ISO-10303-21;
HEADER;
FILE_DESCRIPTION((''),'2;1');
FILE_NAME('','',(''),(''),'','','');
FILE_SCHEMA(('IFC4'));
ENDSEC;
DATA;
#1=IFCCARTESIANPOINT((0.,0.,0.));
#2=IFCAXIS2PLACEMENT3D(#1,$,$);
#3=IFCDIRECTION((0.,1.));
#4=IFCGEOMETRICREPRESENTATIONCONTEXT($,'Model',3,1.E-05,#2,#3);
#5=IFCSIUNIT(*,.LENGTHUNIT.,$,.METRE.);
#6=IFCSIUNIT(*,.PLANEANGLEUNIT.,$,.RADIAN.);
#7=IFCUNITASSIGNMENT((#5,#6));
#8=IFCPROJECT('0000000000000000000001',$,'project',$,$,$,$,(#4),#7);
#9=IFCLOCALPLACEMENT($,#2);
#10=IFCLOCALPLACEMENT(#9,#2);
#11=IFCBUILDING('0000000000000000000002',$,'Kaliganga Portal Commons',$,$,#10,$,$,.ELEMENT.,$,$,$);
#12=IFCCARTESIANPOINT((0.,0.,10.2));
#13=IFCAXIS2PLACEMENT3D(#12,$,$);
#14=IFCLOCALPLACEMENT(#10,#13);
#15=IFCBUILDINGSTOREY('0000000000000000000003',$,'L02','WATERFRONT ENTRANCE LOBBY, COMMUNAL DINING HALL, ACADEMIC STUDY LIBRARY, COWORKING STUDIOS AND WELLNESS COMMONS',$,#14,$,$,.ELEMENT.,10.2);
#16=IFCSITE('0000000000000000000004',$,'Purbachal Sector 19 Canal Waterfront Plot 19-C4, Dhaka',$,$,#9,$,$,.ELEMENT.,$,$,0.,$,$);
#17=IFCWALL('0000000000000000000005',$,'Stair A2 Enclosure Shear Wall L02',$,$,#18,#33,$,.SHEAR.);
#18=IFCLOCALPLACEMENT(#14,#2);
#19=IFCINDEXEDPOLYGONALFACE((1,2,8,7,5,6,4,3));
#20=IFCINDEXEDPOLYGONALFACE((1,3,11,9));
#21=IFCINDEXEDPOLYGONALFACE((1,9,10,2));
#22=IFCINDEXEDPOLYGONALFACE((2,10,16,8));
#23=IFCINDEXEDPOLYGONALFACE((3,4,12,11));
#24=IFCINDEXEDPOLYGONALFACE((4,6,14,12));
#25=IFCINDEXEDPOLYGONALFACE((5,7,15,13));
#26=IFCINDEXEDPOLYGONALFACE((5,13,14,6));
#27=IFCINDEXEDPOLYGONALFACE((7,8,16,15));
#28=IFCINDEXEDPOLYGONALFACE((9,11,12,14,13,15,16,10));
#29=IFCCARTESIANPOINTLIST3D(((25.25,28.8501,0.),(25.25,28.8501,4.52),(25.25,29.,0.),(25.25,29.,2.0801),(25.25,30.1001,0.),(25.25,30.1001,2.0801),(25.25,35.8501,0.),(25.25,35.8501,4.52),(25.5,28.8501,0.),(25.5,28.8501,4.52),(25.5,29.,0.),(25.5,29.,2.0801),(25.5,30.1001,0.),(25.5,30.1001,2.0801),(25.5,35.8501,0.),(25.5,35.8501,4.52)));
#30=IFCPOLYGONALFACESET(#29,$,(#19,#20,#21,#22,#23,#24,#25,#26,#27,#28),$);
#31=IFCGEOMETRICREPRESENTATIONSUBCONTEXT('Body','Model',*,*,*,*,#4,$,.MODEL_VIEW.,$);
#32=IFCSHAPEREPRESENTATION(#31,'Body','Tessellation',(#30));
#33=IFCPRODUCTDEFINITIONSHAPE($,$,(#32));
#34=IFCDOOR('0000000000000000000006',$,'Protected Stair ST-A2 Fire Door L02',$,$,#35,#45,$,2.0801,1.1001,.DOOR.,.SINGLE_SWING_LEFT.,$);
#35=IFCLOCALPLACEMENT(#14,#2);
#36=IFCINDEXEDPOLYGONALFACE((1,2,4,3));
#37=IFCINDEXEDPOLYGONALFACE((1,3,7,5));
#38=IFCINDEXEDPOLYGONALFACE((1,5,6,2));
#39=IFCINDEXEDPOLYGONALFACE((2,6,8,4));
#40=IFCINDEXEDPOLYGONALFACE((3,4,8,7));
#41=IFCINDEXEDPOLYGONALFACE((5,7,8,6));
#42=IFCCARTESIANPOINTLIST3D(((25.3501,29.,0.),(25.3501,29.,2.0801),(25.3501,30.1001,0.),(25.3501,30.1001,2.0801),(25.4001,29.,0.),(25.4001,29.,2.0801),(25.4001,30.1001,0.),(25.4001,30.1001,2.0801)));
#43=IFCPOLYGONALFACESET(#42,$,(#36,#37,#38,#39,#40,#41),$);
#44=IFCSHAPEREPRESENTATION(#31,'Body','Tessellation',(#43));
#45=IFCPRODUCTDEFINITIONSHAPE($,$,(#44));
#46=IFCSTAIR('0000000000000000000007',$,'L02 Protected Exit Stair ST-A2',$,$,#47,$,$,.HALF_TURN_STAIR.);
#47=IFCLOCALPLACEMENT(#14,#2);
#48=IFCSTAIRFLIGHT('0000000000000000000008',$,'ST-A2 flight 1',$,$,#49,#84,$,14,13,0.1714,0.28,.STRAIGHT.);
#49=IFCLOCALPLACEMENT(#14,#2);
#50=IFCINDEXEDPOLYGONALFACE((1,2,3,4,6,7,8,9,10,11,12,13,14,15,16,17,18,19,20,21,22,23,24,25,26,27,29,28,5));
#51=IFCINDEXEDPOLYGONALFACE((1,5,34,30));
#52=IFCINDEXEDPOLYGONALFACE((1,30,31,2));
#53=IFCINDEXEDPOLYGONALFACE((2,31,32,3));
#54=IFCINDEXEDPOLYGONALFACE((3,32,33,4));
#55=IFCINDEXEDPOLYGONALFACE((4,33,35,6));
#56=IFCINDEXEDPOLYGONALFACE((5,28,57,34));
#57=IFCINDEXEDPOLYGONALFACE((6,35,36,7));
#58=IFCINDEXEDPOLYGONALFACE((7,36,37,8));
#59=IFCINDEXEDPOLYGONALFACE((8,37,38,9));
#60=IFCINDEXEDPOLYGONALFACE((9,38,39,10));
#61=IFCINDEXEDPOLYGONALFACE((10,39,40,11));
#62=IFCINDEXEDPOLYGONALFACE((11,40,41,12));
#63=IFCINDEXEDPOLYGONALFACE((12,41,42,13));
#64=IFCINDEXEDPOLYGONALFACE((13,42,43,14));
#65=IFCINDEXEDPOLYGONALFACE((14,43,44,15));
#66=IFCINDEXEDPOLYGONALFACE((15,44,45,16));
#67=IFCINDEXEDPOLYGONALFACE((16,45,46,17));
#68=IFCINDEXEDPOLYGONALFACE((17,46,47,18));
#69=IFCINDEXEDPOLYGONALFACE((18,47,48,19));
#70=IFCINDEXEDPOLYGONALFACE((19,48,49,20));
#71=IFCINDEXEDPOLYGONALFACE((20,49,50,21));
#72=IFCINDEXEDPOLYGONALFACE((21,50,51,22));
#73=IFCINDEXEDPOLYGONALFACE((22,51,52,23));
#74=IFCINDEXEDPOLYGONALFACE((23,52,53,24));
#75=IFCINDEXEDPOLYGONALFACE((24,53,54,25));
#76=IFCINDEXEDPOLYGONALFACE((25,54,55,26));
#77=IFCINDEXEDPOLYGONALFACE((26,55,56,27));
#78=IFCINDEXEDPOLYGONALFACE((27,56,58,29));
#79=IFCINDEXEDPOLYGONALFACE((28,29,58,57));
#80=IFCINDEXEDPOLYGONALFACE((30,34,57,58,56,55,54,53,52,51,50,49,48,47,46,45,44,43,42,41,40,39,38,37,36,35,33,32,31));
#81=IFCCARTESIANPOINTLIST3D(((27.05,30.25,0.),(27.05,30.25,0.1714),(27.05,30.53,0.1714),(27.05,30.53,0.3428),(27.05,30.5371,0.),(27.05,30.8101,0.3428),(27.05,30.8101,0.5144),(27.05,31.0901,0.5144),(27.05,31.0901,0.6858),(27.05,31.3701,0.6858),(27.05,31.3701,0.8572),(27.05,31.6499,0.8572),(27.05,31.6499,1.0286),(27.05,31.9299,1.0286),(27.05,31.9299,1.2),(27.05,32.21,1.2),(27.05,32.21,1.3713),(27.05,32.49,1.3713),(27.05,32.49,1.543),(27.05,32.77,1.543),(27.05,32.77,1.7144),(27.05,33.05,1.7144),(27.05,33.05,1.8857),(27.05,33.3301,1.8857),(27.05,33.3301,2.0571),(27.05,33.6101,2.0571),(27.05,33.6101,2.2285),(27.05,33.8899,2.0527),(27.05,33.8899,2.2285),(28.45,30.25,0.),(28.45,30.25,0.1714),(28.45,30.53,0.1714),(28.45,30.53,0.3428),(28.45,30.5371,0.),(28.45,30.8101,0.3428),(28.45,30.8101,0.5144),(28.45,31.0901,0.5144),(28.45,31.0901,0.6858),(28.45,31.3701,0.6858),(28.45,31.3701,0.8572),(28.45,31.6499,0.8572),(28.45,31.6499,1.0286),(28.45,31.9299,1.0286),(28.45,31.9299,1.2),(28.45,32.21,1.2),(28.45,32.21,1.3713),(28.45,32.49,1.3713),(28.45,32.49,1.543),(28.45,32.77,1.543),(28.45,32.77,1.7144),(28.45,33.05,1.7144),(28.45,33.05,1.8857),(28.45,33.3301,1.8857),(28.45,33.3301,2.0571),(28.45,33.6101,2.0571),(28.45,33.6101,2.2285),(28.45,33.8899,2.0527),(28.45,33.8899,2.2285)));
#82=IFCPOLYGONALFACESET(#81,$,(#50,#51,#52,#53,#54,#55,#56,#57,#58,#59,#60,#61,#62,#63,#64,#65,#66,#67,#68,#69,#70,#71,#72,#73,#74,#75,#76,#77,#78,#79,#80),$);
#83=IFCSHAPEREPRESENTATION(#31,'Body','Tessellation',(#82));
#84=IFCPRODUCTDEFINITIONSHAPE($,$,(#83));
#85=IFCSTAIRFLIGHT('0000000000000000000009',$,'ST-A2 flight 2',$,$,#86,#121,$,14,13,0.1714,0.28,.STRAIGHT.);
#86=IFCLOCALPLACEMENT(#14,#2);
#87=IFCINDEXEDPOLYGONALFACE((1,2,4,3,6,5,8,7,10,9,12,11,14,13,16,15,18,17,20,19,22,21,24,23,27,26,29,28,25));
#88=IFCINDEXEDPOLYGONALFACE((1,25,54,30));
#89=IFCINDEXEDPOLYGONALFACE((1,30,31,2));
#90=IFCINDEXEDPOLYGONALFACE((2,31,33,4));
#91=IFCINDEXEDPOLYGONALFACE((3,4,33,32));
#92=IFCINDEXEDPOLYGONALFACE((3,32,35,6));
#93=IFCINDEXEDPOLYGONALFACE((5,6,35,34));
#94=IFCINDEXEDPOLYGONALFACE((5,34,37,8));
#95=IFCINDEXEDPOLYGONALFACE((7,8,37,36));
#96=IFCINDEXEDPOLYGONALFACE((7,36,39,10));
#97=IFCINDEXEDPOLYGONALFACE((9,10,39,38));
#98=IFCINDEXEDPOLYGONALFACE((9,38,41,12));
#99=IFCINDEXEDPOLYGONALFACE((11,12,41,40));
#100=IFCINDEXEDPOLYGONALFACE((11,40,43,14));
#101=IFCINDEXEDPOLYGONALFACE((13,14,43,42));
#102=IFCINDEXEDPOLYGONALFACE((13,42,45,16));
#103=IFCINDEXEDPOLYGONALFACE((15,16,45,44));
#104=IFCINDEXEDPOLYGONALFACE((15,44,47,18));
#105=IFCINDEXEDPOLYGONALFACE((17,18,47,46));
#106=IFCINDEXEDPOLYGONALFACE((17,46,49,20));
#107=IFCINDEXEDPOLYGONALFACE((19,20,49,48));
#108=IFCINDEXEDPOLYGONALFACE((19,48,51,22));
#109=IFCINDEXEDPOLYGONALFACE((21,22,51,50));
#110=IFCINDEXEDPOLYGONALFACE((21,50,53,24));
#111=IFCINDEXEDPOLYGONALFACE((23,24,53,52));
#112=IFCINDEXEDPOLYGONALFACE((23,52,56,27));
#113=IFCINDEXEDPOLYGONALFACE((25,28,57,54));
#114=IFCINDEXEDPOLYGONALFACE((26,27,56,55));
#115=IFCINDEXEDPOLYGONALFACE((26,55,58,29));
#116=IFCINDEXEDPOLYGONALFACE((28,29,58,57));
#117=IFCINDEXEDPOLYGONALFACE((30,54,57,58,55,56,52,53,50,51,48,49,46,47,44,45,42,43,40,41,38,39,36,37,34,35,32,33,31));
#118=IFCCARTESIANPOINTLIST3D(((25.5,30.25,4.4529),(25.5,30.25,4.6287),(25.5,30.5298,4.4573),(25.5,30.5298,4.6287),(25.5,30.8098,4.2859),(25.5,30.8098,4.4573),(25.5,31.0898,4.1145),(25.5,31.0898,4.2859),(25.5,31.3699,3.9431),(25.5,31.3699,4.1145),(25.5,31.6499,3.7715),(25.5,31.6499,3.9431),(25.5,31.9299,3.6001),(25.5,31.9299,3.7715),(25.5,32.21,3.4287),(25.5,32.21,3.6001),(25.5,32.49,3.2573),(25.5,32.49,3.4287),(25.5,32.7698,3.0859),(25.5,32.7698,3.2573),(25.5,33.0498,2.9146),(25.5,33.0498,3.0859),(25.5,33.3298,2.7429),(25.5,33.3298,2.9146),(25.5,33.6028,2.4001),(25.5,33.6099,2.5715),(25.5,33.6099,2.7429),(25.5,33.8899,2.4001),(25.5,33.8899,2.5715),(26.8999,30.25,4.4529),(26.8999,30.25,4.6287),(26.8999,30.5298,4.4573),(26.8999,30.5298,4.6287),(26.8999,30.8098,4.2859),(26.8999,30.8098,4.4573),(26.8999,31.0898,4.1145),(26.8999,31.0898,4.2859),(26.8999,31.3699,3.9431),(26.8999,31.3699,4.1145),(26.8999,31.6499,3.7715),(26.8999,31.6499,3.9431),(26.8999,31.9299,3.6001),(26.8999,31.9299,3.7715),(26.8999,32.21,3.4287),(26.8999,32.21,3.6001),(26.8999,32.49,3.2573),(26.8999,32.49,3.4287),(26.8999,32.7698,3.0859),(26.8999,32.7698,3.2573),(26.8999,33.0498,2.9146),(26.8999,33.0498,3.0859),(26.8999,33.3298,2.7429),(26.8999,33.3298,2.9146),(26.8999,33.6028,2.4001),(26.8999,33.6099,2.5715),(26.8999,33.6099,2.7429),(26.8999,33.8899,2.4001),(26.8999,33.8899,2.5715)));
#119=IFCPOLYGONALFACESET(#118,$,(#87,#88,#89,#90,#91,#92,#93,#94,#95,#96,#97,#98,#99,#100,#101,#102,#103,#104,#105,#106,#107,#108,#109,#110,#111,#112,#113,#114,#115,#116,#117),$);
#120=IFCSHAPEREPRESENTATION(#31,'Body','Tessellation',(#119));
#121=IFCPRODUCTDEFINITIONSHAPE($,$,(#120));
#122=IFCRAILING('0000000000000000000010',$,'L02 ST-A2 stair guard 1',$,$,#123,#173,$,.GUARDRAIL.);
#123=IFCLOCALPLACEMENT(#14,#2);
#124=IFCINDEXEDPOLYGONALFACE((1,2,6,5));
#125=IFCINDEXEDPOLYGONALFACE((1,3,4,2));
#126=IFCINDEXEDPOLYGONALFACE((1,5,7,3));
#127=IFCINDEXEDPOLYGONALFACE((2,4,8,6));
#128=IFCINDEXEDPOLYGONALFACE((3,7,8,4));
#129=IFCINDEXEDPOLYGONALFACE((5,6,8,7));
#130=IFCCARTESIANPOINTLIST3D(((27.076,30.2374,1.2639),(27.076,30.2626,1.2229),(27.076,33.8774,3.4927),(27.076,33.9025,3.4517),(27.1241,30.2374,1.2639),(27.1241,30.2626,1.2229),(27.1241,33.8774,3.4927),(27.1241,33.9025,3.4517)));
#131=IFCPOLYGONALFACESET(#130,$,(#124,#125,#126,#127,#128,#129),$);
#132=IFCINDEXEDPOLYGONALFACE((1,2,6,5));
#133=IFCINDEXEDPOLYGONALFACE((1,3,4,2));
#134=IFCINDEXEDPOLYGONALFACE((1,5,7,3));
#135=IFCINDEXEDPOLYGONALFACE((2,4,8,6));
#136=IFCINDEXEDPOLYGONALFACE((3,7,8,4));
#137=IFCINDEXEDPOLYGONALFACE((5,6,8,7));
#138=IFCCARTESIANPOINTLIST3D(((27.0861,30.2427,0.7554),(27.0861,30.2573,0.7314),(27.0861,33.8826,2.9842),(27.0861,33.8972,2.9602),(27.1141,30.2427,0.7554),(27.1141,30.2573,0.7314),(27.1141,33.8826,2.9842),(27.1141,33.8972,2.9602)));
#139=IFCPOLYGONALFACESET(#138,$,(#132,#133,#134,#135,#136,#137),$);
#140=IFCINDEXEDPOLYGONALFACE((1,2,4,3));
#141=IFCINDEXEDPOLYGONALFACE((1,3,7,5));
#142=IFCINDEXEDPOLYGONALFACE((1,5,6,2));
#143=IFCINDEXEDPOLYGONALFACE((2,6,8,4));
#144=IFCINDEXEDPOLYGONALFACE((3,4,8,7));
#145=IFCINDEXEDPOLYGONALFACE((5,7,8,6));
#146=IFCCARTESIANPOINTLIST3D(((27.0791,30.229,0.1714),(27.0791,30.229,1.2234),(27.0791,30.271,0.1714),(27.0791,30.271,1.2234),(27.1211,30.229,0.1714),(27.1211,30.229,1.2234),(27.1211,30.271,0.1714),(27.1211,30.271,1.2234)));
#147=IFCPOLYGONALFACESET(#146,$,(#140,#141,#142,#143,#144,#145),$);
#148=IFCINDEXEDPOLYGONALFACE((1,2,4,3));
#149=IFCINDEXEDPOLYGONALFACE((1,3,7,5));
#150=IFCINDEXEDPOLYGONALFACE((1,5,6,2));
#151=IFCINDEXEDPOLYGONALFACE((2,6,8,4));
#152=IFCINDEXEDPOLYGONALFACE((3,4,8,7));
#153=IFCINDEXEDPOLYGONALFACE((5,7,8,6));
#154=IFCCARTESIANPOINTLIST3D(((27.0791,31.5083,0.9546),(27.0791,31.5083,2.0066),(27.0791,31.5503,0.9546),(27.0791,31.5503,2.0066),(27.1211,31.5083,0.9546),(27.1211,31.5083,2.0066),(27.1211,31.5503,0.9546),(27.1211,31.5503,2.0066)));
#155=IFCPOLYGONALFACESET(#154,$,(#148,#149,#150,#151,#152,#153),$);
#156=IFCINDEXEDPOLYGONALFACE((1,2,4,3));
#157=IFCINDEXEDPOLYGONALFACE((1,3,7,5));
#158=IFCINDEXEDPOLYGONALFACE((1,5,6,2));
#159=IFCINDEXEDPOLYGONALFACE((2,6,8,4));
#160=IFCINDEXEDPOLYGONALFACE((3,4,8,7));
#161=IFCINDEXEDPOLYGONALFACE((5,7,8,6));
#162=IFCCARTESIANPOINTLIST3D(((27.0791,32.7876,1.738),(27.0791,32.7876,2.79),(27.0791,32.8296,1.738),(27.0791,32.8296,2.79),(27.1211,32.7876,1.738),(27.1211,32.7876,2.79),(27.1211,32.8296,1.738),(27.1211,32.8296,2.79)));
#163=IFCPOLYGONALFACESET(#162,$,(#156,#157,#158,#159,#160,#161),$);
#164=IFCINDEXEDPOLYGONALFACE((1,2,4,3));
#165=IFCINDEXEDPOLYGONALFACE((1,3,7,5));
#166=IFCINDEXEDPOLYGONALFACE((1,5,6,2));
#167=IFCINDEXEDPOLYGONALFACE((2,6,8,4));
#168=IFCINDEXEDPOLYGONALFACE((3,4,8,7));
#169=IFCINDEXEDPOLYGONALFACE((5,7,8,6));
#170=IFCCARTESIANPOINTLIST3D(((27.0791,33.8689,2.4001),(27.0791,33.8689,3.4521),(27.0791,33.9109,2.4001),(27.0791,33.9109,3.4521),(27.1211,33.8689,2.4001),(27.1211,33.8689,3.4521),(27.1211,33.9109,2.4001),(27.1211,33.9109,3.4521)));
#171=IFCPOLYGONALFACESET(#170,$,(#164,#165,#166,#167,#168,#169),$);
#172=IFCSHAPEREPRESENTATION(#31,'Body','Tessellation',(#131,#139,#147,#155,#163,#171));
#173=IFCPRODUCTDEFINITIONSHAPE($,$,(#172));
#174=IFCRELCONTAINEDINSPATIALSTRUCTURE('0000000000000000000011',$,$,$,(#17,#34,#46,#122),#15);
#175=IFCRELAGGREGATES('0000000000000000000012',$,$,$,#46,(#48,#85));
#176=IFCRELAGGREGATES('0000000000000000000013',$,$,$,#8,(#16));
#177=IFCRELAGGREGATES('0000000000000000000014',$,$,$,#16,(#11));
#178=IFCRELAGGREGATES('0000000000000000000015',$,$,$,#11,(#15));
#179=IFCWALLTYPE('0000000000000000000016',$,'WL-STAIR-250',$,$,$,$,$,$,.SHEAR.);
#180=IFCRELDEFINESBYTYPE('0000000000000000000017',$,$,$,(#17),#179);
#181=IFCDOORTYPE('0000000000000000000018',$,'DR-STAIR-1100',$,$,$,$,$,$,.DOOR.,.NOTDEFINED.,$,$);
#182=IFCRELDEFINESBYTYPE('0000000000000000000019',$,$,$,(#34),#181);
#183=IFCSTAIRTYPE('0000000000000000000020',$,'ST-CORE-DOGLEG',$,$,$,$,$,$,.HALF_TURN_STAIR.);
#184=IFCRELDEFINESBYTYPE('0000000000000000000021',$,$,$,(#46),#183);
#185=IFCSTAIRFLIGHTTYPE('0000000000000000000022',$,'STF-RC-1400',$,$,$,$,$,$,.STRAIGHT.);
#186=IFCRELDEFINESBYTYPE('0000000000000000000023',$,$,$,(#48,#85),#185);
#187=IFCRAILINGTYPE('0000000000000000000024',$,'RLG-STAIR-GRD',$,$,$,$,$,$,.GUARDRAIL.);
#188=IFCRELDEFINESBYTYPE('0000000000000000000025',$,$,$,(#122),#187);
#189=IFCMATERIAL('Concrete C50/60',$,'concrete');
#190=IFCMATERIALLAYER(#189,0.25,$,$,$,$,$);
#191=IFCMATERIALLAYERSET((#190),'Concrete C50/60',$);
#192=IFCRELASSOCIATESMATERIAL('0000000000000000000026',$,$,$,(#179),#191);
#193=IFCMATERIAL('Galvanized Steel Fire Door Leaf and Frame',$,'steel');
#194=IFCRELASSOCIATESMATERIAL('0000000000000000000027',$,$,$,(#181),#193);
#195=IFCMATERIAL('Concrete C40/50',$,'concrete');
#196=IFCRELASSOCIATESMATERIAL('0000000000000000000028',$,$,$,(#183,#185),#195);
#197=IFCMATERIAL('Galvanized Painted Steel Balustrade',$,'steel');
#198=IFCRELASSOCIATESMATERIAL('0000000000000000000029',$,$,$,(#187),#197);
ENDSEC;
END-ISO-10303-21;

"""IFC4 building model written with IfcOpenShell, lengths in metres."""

from ifc_helpers import new_model, si_unit, direction, frame, frame_2d, origin, origin_2d, place, context, subcontext, project, spatial, polyline, rectangle, outline, extrude, material, layer, layer_set, type_object, element, fill, aggregate, save


model = new_model("IFC4")

# Units and contexts
model_context = context("Model", 3, precision=1e-05, world=origin(), true_north=direction((0.0, 1.0)))
body_context = subcontext(model_context, "Body", "Model", "MODEL_VIEW")
ifc_project = project(units=[si_unit("LENGTHUNIT", "METRE"), si_unit("PLANEANGLEUNIT", "RADIAN")], contexts=[model_context])

# Site, building, storey
site_placement = place(None, origin())
site = spatial("IfcSite", under=ifc_project, at=site_placement, Name="Purbachal Sector 19 Canal Waterfront Plot 19-C4, Dhaka", CompositionType="ELEMENT", RefElevation=0.0)
building_placement = place(site_placement, origin())
building = spatial("IfcBuilding", under=site, at=building_placement, Name="Kaliganga Portal Commons", CompositionType="ELEMENT")
storey_placement = place(building_placement, frame((0.0, 0.0, 10.2)))
storey = spatial("IfcBuildingStorey", under=building, at=storey_placement, Name="L02", Description="WATERFRONT ENTRANCE LOBBY, COMMUNAL DINING HALL, ACADEMIC STUDY LIBRARY, COWORKING STUDIOS AND WELLNESS COMMONS", CompositionType="ELEMENT", Elevation=10.2)

# Wall, opening, door
ifc_material_1 = material(Name="Concrete C50/60", Category="concrete")
ifc_layer_1 = layer(ifc_material_1, 0.25)
ifc_layer_set_1 = layer_set([ifc_layer_1], Name="Concrete C50/60")
wall_type_1 = type_object("IfcWallType", Name="WL-STAIR-250", PredefinedType="SHEAR", material=ifc_layer_set_1)
wall_1_placement = place(storey_placement, frame((25.375, 28.8501, 0.0), z_axis=(0.0, 0.0, 1.0), x_axis=(0.0, 1.0, 0.0)))
wall_1 = element("IfcWall", 1, at=wall_1_placement, inside=storey, type_object=wall_type_1, Name="Stair A2 Enclosure Shear Wall L02", PredefinedType="SHEAR", context=body_context, shape_type="SweptSolid", body=[
    extrude(rectangle(XDim=7.0, YDim=0.25, at=frame_2d((3.5, 0.0))), origin(), (0.0, 0.0, 1.0), 4.52),
])
opening_1_placement = place(wall_1_placement, frame((0.1499, 0.0, 0.0)))
opening_1 = element("IfcOpeningElement", 2, at=opening_1_placement, cuts=wall_1, PredefinedType="OPENING", context=body_context, shape_type="SweptSolid", body=[
    extrude(rectangle(XDim=1.1001, YDim=2.0801, at=frame_2d((0.55, 1.04))), frame((0.0, 0.135, 0.0), z_axis=(0.0, -1.0, 0.0), x_axis=(1.0, 0.0, 0.0)), (0.0, 0.0, 1.0), 0.27),
])
ifc_material_2 = material(Name="Galvanized Steel Fire Door Leaf and Frame", Category="steel")
door_type_1 = type_object("IfcDoorType", Name="DR-STAIR-1100", OperationType="NOTDEFINED", PredefinedType="DOOR", material=ifc_material_2)
door_1_placement = place(opening_1_placement, origin())
door_1 = element("IfcDoor", 3, at=door_1_placement, inside=storey, type_object=door_type_1, Name="Protected Stair ST-A2 Fire Door L02", OperationType="SINGLE_SWING_LEFT", OverallHeight=2.0801, OverallWidth=1.1001, PredefinedType="DOOR", context=body_context, shape_type="SweptSolid", body=[
    extrude(rectangle(XDim=1.1001, YDim=2.0801, at=frame_2d((0.55, 1.04))), frame((0.0, 0.0249, 0.0), z_axis=(0.0, -1.0, 0.0), x_axis=(1.0, 0.0, 0.0)), (0.0, 0.0, 1.0), 0.05),
])
fill(opening_1, door_1)

# Stair, stair flights
ifc_material_3 = material(Name="Concrete C40/50", Category="concrete")
stair_type = type_object("IfcStairType", Name="ST-CORE-DOGLEG", PredefinedType="HALF_TURN_STAIR", material=ifc_material_3)
stair_placement = place(storey_placement, origin())
stair = element("IfcStair", 4, at=stair_placement, inside=storey, type_object=stair_type, Name="L02 Protected Exit Stair ST-A2", PredefinedType="HALF_TURN_STAIR")
stair_flight_type = type_object("IfcStairFlightType", Name="STF-RC-1400", PredefinedType="STRAIGHT", material=ifc_material_3)
stair_flight_1_placement = place(storey_placement, frame((27.75, 30.25, 0.0), z_axis=(0.0, 0.0, 1.0), x_axis=(0.0, 1.0, 0.0)))
stair_flight_1 = element("IfcStairFlight", 5, at=stair_flight_1_placement, type_object=stair_flight_type, Name="ST-A2 flight 1", NumberOfRisers=14, NumberOfTreads=13, PredefinedType="STRAIGHT", RiserHeight=0.1714, TreadLength=0.28, context=body_context, shape_type="SweptSolid", body=[
    extrude(outline(polyline([(0.0, 0.0), (0.0, 0.1714), (0.28, 0.1714), (0.28, 0.3428), (0.5601, 0.3428), (0.5601, 0.5144), (0.8401, 0.5144), (0.8401, 0.6858), (1.1201, 0.6858), (1.1201, 0.8572), (1.3999, 0.8572), (1.3999, 1.0286), (1.6799, 1.0286), (1.6799, 1.2), (1.96, 1.2), (1.96, 1.3713), (2.24, 1.3713), (2.24, 1.543), (2.52, 1.543), (2.52, 1.7144), (2.8, 1.7144), (2.8, 1.8857), (3.0801, 1.8857), (3.0801, 2.0571), (3.3601, 2.0571), (3.3601, 2.2285), (3.6399, 2.2285), (3.6399, 2.3999), (3.6399, 2.0527), (0.2871, 0.0), (0.0, 0.0)])), frame((0.0, 0.7, 0.0), z_axis=(0.0, -1.0, 0.0), x_axis=(1.0, 0.0, 0.0)), (0.0, 0.0, 1.0), 1.3999),
])
stair_flight_2_placement = place(storey_placement, frame((26.2, 33.8899, 2.4001), z_axis=(0.0, 0.0, 1.0), x_axis=(0.0, -1.0, 0.0)))
stair_flight_2 = element("IfcStairFlight", 6, at=stair_flight_2_placement, type_object=stair_flight_type, Name="ST-A2 flight 2", NumberOfRisers=14, NumberOfTreads=13, PredefinedType="STRAIGHT", RiserHeight=0.1714, TreadLength=0.28, context=body_context, shape_type="SweptSolid", body=[
    extrude(outline(polyline([(0.0, 0.0), (0.0, 0.1714), (0.28, 0.1714), (0.28, 0.3428), (0.5601, 0.3428), (0.5601, 0.5144), (0.8401, 0.5144), (0.8401, 0.6858), (1.1201, 0.6858), (1.1201, 0.8572), (1.3999, 0.8572), (1.3999, 1.0286), (1.6799, 1.0286), (1.6799, 1.2), (1.96, 1.2), (1.96, 1.3713), (2.24, 1.3713), (2.24, 1.543), (2.52, 1.543), (2.52, 1.7144), (2.8, 1.7144), (2.8, 1.8857), (3.0801, 1.8857), (3.0801, 2.0571), (3.3601, 2.0571), (3.3601, 2.2285), (3.6399, 2.2285), (3.6399, 2.3999), (3.6399, 2.0527), (0.2871, 0.0), (0.0, 0.0)])), frame((0.0, 0.7, 0.0), z_axis=(0.0, -1.0, 0.0), x_axis=(1.0, 0.0, 0.0)), (0.0, 0.0, 1.0), 1.3999),
])
aggregate(stair, [stair_flight_1, stair_flight_2])

# Railing
ifc_material_4 = material(Name="Galvanized Painted Steel Balustrade", Category="steel")
railing_type_1 = type_object("IfcRailingType", Name="RLG-STAIR-GRD", PredefinedType="GUARDRAIL", material=ifc_material_4)
railing_1_placement = place(storey_placement, frame((27.1001, 30.25, 0.1714)))
element("IfcRailing", 7, at=railing_1_placement, inside=storey, type_object=railing_type_1, Name="L02 ST-A2 stair guard 1", PredefinedType="GUARDRAIL", context=body_context, shape_type="SweptSolid", body=[
    extrude(rectangle(XDim=0.0481, YDim=0.0481, at=origin_2d()), frame((0.0, 0.0, 1.072), z_axis=(0.0, 0.852825, 0.522197), x_axis=(-1.0, 0.0, 0.0)), (0.0, 0.0, 1.0), 4.2681),
    extrude(rectangle(XDim=0.0281, YDim=0.0281, at=origin_2d()), frame((0.0, 0.0, 0.572), z_axis=(0.0, 0.852825, 0.522197), x_axis=(-1.0, 0.0, 0.0)), (0.0, 0.0, 1.0), 4.2681),
    extrude(rectangle(XDim=0.042, YDim=0.042, at=origin_2d()), origin(), (0.0, 0.0, 1.0), 1.052),
    extrude(rectangle(XDim=0.042, YDim=0.042, at=origin_2d()), frame((0.0, 1.2793, 0.7832)), (0.0, 0.0, 1.0), 1.052),
    extrude(rectangle(XDim=0.042, YDim=0.042, at=origin_2d()), frame((0.0, 2.5586, 1.5667)), (0.0, 0.0, 1.0), 1.052),
    extrude(rectangle(XDim=0.042, YDim=0.042, at=origin_2d()), frame((0.0, 3.6399, 2.2288)), (0.0, 0.0, 1.0), 1.052),
])

save(model, "model.ifc")
